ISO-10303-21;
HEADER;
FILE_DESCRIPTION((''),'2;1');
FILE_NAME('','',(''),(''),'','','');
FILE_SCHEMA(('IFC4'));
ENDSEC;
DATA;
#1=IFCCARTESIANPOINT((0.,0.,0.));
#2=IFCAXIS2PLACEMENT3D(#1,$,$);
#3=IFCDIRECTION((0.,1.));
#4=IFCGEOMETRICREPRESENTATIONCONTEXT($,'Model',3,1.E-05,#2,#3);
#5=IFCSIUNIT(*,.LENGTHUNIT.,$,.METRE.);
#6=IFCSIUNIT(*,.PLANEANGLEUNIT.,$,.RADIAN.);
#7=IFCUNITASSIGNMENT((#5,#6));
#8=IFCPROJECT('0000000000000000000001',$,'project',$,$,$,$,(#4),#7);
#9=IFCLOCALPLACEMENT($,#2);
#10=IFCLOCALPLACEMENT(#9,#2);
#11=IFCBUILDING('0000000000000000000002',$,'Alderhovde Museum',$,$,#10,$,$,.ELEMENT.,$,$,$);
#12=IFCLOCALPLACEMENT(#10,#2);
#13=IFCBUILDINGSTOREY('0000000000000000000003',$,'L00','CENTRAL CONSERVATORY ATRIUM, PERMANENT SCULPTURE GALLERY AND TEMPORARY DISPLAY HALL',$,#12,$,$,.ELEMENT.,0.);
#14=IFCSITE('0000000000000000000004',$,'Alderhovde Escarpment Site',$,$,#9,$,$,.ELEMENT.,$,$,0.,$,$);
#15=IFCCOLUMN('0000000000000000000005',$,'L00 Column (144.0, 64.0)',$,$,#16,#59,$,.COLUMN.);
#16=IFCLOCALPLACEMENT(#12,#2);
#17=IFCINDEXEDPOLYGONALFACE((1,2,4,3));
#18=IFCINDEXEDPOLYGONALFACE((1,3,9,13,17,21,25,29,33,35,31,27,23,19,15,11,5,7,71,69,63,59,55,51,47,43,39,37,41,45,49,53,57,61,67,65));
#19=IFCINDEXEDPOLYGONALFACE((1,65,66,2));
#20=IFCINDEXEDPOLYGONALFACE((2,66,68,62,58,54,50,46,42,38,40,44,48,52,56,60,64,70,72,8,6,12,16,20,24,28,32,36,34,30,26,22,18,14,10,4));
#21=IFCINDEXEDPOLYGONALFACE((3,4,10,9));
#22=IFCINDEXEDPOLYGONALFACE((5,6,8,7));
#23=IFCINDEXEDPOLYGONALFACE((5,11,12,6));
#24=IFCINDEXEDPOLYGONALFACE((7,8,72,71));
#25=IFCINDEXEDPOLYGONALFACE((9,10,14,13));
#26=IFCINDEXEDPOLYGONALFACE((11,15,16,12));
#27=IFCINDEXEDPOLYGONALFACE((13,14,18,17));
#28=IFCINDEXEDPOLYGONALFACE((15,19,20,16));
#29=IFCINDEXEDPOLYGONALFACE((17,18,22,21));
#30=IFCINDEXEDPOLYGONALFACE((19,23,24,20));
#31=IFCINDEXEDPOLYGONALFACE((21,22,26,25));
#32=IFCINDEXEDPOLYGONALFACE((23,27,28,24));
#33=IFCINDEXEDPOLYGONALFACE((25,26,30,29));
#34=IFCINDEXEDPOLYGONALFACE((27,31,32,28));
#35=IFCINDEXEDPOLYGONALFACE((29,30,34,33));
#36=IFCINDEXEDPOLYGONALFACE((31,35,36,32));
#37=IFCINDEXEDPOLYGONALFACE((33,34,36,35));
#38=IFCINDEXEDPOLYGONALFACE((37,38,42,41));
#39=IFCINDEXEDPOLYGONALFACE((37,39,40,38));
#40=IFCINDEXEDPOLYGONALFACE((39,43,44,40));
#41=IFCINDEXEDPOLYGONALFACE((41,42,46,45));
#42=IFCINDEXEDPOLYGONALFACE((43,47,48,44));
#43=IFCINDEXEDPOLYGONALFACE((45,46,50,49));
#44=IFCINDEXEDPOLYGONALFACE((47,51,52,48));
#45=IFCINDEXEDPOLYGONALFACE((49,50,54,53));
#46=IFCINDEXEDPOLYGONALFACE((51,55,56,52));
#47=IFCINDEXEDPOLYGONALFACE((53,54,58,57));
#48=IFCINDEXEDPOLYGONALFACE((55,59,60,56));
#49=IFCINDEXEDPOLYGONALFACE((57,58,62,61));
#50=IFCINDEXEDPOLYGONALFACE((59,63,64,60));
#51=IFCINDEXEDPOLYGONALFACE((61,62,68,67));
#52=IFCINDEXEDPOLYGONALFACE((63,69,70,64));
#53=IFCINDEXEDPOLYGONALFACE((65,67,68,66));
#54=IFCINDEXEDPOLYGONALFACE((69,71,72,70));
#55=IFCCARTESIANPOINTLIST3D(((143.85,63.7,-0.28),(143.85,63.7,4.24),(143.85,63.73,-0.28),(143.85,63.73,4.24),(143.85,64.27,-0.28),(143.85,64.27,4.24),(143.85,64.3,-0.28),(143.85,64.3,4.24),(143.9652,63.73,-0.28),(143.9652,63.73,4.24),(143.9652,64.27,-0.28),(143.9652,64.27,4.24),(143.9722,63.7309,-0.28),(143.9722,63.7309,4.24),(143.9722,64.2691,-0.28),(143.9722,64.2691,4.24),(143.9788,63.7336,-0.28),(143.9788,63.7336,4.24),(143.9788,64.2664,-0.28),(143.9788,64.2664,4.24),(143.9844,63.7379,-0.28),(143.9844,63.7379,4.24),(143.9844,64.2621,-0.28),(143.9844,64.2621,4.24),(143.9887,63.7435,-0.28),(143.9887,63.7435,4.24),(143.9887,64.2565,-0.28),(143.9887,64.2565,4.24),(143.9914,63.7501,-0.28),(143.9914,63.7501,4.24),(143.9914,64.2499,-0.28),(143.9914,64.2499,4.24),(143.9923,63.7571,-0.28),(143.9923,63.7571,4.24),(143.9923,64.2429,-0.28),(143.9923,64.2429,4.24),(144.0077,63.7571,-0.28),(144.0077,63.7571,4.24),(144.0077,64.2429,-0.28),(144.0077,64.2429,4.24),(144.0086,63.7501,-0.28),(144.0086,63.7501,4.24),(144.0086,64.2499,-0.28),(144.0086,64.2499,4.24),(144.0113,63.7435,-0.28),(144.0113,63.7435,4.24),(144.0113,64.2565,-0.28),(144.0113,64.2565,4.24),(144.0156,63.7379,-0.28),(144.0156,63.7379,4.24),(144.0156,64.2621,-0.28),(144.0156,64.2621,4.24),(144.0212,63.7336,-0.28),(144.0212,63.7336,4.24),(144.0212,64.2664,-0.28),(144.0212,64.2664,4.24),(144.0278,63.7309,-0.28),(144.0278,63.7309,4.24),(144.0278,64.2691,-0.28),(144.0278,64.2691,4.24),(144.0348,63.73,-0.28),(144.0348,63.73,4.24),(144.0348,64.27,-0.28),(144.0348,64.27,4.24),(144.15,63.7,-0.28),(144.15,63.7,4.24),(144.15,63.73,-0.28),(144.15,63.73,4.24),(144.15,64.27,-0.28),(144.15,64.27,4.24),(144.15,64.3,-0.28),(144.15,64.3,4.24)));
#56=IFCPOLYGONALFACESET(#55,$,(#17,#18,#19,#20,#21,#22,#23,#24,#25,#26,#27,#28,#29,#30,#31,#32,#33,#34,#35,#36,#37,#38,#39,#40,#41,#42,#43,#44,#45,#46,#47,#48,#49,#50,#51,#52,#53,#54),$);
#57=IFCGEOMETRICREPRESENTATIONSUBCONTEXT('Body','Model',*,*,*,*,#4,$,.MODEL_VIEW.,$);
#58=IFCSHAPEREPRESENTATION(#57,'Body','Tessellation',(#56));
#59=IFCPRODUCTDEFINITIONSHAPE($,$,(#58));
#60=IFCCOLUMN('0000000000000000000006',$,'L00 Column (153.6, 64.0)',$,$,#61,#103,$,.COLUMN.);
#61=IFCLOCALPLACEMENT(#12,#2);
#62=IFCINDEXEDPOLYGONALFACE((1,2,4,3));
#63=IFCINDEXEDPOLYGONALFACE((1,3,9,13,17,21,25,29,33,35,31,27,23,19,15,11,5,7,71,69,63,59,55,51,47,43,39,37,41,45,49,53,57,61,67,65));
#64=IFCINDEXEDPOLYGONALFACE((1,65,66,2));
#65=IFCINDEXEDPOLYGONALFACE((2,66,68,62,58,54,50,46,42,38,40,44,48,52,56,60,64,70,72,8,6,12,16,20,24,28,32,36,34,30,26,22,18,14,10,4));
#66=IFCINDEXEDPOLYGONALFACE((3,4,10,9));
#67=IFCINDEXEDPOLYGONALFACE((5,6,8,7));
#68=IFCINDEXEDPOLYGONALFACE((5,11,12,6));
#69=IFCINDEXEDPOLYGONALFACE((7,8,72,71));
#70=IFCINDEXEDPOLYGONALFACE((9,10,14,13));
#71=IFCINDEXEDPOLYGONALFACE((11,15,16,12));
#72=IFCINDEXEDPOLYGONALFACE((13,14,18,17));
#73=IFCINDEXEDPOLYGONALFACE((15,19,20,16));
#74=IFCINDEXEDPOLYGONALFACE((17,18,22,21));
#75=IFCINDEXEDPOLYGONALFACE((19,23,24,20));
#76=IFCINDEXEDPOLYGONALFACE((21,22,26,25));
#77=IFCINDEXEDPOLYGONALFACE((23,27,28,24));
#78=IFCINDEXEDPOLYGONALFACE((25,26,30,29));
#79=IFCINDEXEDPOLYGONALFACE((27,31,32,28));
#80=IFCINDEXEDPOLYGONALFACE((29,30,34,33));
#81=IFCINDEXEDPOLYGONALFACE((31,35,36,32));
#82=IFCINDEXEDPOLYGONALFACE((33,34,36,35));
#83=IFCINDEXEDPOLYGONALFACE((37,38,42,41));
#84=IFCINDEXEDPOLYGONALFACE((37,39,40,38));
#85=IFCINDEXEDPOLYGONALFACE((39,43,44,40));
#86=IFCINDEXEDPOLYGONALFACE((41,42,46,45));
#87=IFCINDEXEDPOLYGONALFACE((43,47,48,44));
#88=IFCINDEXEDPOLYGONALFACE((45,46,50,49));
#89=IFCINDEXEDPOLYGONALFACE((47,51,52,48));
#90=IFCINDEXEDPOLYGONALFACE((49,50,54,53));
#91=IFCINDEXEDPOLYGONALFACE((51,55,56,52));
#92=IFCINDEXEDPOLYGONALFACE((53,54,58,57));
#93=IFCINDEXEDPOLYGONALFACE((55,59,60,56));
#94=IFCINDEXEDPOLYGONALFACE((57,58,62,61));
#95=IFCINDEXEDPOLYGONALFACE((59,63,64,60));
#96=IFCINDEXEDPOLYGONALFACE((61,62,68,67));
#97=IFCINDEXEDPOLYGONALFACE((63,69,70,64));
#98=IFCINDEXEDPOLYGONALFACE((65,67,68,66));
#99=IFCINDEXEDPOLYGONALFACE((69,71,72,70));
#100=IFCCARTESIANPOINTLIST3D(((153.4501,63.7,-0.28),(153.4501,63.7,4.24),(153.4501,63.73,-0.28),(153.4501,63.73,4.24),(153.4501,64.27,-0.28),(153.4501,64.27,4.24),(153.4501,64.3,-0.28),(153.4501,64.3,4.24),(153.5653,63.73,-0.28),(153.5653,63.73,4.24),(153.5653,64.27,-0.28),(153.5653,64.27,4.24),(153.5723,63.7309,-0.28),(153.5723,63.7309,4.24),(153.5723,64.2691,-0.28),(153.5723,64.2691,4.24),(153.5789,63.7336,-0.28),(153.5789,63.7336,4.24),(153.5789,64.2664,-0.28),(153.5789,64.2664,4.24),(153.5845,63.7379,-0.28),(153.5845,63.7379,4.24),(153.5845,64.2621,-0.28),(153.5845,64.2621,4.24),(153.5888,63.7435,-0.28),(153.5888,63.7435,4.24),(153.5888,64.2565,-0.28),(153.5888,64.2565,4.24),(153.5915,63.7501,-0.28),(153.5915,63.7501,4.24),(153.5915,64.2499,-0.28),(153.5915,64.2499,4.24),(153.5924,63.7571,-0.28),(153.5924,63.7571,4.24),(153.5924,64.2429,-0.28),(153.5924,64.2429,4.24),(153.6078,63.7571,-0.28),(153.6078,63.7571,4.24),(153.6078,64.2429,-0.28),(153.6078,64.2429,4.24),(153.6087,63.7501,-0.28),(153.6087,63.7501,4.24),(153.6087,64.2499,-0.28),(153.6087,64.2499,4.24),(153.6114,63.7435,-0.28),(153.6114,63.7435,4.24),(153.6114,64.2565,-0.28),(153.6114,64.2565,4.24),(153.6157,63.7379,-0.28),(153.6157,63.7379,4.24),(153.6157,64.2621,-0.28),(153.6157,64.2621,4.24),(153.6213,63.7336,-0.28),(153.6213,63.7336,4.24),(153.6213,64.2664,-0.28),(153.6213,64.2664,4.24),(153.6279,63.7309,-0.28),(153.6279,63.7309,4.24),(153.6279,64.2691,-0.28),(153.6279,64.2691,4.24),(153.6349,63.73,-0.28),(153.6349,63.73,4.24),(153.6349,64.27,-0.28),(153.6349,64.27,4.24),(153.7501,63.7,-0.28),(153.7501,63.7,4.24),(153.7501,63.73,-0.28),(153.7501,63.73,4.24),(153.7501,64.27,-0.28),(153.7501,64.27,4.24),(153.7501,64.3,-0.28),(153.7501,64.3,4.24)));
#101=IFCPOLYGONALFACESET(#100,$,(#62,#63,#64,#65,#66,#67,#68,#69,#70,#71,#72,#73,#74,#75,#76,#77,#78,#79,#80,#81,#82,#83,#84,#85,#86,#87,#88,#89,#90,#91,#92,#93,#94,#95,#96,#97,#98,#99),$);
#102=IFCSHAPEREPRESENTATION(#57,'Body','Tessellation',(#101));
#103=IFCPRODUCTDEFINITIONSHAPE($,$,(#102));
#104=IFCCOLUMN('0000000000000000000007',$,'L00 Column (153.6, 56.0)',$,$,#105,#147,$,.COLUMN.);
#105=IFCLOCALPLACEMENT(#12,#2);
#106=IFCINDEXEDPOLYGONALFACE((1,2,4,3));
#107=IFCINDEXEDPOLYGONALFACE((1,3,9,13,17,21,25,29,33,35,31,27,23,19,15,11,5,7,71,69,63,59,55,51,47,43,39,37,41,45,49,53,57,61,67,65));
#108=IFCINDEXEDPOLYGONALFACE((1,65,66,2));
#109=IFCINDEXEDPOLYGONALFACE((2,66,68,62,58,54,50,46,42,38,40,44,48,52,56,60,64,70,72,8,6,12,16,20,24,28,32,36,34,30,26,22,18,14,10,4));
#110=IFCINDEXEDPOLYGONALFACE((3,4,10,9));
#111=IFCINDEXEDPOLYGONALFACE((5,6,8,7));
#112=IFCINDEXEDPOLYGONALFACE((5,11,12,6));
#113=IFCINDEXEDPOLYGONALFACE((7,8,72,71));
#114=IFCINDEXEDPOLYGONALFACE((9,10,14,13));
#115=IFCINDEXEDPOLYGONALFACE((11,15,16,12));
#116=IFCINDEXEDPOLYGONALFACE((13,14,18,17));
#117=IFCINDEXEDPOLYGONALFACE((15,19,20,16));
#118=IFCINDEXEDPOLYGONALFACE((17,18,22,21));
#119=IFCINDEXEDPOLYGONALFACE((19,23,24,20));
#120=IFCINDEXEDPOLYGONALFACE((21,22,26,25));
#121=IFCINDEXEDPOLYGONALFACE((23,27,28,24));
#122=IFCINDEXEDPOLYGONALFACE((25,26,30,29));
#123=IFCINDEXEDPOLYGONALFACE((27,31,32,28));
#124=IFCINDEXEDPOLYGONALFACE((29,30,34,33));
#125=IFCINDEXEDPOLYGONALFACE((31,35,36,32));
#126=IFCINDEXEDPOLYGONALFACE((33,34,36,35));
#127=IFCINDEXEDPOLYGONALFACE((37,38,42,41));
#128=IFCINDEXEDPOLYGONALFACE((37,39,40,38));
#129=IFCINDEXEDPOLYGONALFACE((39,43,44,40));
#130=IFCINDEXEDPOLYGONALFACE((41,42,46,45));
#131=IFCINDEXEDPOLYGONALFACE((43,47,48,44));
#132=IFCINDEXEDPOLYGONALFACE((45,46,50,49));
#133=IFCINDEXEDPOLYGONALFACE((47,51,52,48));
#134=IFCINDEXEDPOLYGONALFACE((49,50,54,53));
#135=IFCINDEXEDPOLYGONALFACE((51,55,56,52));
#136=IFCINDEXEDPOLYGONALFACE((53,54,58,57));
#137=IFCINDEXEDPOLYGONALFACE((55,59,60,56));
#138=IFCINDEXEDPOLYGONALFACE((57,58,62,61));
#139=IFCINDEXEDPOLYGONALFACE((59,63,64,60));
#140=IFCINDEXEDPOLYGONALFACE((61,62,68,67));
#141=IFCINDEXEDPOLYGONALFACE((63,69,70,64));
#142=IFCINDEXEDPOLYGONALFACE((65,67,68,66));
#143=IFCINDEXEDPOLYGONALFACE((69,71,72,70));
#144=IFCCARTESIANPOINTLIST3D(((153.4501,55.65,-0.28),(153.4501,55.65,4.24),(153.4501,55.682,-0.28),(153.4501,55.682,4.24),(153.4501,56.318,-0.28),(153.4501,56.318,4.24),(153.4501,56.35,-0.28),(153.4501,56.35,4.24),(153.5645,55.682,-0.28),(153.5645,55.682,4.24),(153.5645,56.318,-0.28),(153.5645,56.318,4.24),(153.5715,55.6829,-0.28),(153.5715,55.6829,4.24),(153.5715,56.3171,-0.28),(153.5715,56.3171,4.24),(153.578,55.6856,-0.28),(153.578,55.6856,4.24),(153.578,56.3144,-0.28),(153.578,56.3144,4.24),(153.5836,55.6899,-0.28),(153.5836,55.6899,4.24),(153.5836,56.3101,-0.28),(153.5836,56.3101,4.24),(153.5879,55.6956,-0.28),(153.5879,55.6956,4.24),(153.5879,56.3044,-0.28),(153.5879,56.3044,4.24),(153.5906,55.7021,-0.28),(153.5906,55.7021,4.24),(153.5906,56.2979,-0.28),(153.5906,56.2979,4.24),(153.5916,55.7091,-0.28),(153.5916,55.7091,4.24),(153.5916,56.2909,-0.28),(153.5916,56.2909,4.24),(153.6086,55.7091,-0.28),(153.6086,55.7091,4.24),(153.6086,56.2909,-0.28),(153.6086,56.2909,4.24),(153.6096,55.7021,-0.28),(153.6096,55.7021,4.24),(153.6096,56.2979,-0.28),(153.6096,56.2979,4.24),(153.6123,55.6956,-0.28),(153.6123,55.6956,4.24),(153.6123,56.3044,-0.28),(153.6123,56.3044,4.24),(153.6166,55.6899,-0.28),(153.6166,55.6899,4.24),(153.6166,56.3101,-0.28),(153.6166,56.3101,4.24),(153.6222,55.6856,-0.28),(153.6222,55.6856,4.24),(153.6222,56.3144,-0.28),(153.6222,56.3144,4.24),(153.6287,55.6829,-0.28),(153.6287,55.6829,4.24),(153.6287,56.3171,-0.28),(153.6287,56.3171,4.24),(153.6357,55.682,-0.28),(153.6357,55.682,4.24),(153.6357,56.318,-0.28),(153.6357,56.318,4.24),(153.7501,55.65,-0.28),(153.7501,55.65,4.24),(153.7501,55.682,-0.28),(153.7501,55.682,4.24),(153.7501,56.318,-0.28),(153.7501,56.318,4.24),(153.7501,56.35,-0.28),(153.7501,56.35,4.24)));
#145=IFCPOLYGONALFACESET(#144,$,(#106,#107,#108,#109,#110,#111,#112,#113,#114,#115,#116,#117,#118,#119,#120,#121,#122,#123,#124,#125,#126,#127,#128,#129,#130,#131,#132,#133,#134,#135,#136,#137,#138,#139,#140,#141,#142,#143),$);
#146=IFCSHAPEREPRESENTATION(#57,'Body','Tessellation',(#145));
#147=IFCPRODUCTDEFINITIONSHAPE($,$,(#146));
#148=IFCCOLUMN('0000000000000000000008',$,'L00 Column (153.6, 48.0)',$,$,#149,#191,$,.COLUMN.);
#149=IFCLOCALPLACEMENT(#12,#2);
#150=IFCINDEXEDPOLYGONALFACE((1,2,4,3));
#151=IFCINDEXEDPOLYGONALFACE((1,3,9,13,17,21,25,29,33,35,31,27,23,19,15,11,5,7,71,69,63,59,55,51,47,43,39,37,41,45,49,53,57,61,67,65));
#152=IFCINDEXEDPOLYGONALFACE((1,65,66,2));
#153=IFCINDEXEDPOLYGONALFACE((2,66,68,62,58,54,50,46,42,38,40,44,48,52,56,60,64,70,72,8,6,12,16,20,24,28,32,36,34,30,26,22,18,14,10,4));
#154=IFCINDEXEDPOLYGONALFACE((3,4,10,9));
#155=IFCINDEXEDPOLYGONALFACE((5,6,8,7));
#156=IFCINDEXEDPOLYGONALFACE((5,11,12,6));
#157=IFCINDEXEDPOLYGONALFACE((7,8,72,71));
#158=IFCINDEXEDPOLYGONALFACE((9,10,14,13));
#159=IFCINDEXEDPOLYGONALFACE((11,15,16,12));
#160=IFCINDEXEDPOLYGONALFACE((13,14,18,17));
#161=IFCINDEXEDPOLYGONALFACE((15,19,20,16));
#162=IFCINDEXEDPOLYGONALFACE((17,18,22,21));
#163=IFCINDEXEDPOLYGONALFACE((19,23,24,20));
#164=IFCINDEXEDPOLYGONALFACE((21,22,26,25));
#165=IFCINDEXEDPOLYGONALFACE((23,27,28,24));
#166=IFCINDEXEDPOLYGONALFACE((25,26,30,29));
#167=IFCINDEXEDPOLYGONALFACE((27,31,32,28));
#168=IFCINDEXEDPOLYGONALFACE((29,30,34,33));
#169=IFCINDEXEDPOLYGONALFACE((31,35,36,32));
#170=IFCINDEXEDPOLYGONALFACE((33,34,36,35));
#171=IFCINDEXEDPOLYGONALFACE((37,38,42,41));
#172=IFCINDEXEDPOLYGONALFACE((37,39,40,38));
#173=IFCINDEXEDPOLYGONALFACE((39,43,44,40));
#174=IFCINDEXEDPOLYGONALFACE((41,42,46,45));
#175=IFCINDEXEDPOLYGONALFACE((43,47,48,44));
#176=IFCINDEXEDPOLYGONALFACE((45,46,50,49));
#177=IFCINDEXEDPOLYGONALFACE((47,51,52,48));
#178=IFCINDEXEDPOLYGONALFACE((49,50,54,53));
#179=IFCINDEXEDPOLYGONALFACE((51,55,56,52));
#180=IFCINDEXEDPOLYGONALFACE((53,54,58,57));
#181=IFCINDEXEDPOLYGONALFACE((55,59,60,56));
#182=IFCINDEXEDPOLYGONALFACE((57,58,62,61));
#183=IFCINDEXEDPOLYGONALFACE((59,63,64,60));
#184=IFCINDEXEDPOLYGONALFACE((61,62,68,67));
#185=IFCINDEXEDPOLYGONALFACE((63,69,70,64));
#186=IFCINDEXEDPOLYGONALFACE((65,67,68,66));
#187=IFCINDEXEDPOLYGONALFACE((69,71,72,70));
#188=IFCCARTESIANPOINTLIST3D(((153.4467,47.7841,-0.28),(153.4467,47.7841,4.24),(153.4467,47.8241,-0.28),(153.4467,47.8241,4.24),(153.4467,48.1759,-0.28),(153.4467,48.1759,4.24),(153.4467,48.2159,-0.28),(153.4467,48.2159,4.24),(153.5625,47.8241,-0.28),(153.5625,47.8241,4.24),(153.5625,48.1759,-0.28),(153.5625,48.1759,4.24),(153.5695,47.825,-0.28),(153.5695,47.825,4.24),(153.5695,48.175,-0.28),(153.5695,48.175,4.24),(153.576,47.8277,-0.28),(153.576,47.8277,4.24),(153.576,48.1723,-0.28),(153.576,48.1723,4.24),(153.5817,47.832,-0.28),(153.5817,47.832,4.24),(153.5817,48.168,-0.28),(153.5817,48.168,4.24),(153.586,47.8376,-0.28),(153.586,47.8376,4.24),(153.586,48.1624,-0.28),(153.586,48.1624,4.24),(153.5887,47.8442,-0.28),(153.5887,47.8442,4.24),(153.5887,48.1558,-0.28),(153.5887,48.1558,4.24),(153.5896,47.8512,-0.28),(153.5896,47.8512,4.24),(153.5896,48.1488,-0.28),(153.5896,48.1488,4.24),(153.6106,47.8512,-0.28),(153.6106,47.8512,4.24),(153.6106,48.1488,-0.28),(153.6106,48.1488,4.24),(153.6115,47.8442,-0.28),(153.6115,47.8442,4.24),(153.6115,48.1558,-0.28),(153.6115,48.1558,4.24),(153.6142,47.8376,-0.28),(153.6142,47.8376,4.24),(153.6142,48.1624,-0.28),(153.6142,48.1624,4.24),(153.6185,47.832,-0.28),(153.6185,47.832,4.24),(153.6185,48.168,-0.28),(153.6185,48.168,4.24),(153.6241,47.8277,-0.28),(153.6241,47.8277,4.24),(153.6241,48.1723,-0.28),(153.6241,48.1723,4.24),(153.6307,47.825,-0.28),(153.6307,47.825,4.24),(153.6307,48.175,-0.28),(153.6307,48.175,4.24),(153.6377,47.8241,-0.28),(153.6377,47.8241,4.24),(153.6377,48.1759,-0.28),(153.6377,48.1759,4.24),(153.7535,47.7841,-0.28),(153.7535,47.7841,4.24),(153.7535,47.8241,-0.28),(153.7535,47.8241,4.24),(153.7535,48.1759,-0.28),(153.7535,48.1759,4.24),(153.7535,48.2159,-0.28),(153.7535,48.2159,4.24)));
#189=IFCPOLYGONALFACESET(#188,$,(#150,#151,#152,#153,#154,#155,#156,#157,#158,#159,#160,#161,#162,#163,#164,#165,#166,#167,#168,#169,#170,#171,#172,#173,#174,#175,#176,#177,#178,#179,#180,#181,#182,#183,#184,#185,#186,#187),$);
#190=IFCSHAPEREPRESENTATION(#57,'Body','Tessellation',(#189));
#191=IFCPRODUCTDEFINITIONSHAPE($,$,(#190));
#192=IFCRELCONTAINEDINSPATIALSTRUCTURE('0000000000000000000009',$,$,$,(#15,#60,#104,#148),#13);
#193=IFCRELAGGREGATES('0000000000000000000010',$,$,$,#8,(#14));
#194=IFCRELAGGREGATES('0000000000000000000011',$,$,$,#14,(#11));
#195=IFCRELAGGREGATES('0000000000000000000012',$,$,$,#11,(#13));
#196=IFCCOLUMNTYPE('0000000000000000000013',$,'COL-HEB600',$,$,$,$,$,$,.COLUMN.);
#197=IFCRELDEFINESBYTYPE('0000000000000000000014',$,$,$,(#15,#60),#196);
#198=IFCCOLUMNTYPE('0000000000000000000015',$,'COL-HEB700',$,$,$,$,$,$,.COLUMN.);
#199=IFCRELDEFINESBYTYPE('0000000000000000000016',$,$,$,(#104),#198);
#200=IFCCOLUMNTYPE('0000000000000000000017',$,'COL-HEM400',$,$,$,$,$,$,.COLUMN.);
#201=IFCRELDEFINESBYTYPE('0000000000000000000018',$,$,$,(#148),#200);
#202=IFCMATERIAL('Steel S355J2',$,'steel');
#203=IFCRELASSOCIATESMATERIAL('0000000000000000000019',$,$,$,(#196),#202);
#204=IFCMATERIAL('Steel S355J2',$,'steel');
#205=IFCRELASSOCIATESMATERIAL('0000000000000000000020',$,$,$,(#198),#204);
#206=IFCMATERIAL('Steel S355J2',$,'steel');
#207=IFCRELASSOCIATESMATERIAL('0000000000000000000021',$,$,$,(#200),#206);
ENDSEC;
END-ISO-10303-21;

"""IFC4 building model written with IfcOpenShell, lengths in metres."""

from ifc_helpers import new_model, si_unit, direction, frame, origin, origin_2d, place, context, subcontext, project, spatial, i_section, extrude, material, material_profile, profile_set, type_object, element, save


model = new_model("IFC4")

# Units and contexts
model_context = context("Model", 3, precision=1e-05, world=origin(), true_north=direction((0.0, 1.0)))
body_context = subcontext(model_context, "Body", "Model", "MODEL_VIEW")
ifc_project = project(units=[si_unit("LENGTHUNIT", "METRE"), si_unit("PLANEANGLEUNIT", "RADIAN")], contexts=[model_context])

# Site, building, storey
site_placement = place(None, origin())
site = spatial("IfcSite", under=ifc_project, at=site_placement, Name="Alderhovde Escarpment Site", CompositionType="ELEMENT", RefElevation=0.0)
building_placement = place(site_placement, origin())
building = spatial("IfcBuilding", under=site, at=building_placement, Name="Alderhovde Museum", CompositionType="ELEMENT")
storey_placement = place(building_placement, origin())
storey = spatial("IfcBuildingStorey", under=building, at=storey_placement, Name="L00", Description="CENTRAL CONSERVATORY ATRIUM, PERMANENT SCULPTURE GALLERY AND TEMPORARY DISPLAY HALL", CompositionType="ELEMENT", Elevation=0.0)

# Columns
ifc_material_1 = material(Name="Steel S355J2", Category="steel")
ifc_material_profile_1 = material_profile(ifc_material_1, i_section(OverallWidth=0.3, OverallDepth=0.6001, WebThickness=0.0154, FlangeThickness=0.03, FilletRadius=0.0271, at=origin_2d()), Name="HEB 600")
ifc_profile_set_1 = profile_set([ifc_material_profile_1], Name="Steel S355J2")
column_type_1 = type_object("IfcColumnType", Name="COL-HEB600", PredefinedType="COLUMN", material=ifc_profile_set_1)
for number, where, z_axis, x_axis, name in (
    (1, (144.0, 64.0, -0.28), (0.0, 0.0, 1.0), (1.0, 0.0, 0.0), "L00 Column (144.0, 64.0)"),
    (2, (153.6001, 64.0, -0.28), (0.0, 0.0, 1.0), (1.0, 0.0, 0.0), "L00 Column (153.6, 64.0)"),
):
    element("IfcColumn", number, at=place(storey_placement, frame(where, z_axis=z_axis, x_axis=x_axis)), inside=storey, type_object=column_type_1, Name=name, PredefinedType="COLUMN", context=body_context, shape_type="SweptSolid", body=[
        extrude(i_section(OverallWidth=0.3, OverallDepth=0.6001, WebThickness=0.0154, FlangeThickness=0.03, FilletRadius=0.0271, at=origin_2d()), origin(), (0.0, 0.0, 1.0), 4.52),
    ])
ifc_material_2 = material(Name="Steel S355J2", Category="steel")
ifc_material_profile_2 = material_profile(ifc_material_2, i_section(OverallWidth=0.3, OverallDepth=0.7, WebThickness=0.0171, FlangeThickness=0.032, FilletRadius=0.0271, at=origin_2d()), Name="HEB 700")
ifc_profile_set_2 = profile_set([ifc_material_profile_2], Name="Steel S355J2")
column_type_2 = type_object("IfcColumnType", Name="COL-HEB700", PredefinedType="COLUMN", material=ifc_profile_set_2)
column_1_placement = place(storey_placement, frame((153.6001, 56.0, -0.28), z_axis=(0.0, 0.0, 1.0), x_axis=(1.0, 0.0, 0.0)))
element("IfcColumn", 3, at=column_1_placement, inside=storey, type_object=column_type_2, Name="L00 Column (153.6, 56.0)", PredefinedType="COLUMN", context=body_context, shape_type="SweptSolid", body=[
    extrude(i_section(OverallWidth=0.3, OverallDepth=0.7, WebThickness=0.0171, FlangeThickness=0.032, FilletRadius=0.0271, at=origin_2d()), origin(), (0.0, 0.0, 1.0), 4.52),
])
ifc_material_3 = material(Name="Steel S355J2", Category="steel")
ifc_material_profile_3 = material_profile(ifc_material_3, i_section(OverallWidth=0.3069, OverallDepth=0.4319, WebThickness=0.021, FlangeThickness=0.04, FilletRadius=0.0271, at=origin_2d()), Name="HEM 400")
ifc_profile_set_3 = profile_set([ifc_material_profile_3], Name="Steel S355J2")
column_type_3 = type_object("IfcColumnType", Name="COL-HEM400", PredefinedType="COLUMN", material=ifc_profile_set_3)
column_2_placement = place(storey_placement, frame((153.6001, 48.0, -0.28), z_axis=(0.0, 0.0, 1.0), x_axis=(1.0, 0.0, 0.0)))
element("IfcColumn", 4, at=column_2_placement, inside=storey, type_object=column_type_3, Name="L00 Column (153.6, 48.0)", PredefinedType="COLUMN", context=body_context, shape_type="SweptSolid", body=[
    extrude(i_section(OverallWidth=0.3069, OverallDepth=0.4319, WebThickness=0.021, FlangeThickness=0.04, FilletRadius=0.0271, at=origin_2d()), origin(), (0.0, 0.0, 1.0), 4.52),
])

save(model, "model.ifc")
